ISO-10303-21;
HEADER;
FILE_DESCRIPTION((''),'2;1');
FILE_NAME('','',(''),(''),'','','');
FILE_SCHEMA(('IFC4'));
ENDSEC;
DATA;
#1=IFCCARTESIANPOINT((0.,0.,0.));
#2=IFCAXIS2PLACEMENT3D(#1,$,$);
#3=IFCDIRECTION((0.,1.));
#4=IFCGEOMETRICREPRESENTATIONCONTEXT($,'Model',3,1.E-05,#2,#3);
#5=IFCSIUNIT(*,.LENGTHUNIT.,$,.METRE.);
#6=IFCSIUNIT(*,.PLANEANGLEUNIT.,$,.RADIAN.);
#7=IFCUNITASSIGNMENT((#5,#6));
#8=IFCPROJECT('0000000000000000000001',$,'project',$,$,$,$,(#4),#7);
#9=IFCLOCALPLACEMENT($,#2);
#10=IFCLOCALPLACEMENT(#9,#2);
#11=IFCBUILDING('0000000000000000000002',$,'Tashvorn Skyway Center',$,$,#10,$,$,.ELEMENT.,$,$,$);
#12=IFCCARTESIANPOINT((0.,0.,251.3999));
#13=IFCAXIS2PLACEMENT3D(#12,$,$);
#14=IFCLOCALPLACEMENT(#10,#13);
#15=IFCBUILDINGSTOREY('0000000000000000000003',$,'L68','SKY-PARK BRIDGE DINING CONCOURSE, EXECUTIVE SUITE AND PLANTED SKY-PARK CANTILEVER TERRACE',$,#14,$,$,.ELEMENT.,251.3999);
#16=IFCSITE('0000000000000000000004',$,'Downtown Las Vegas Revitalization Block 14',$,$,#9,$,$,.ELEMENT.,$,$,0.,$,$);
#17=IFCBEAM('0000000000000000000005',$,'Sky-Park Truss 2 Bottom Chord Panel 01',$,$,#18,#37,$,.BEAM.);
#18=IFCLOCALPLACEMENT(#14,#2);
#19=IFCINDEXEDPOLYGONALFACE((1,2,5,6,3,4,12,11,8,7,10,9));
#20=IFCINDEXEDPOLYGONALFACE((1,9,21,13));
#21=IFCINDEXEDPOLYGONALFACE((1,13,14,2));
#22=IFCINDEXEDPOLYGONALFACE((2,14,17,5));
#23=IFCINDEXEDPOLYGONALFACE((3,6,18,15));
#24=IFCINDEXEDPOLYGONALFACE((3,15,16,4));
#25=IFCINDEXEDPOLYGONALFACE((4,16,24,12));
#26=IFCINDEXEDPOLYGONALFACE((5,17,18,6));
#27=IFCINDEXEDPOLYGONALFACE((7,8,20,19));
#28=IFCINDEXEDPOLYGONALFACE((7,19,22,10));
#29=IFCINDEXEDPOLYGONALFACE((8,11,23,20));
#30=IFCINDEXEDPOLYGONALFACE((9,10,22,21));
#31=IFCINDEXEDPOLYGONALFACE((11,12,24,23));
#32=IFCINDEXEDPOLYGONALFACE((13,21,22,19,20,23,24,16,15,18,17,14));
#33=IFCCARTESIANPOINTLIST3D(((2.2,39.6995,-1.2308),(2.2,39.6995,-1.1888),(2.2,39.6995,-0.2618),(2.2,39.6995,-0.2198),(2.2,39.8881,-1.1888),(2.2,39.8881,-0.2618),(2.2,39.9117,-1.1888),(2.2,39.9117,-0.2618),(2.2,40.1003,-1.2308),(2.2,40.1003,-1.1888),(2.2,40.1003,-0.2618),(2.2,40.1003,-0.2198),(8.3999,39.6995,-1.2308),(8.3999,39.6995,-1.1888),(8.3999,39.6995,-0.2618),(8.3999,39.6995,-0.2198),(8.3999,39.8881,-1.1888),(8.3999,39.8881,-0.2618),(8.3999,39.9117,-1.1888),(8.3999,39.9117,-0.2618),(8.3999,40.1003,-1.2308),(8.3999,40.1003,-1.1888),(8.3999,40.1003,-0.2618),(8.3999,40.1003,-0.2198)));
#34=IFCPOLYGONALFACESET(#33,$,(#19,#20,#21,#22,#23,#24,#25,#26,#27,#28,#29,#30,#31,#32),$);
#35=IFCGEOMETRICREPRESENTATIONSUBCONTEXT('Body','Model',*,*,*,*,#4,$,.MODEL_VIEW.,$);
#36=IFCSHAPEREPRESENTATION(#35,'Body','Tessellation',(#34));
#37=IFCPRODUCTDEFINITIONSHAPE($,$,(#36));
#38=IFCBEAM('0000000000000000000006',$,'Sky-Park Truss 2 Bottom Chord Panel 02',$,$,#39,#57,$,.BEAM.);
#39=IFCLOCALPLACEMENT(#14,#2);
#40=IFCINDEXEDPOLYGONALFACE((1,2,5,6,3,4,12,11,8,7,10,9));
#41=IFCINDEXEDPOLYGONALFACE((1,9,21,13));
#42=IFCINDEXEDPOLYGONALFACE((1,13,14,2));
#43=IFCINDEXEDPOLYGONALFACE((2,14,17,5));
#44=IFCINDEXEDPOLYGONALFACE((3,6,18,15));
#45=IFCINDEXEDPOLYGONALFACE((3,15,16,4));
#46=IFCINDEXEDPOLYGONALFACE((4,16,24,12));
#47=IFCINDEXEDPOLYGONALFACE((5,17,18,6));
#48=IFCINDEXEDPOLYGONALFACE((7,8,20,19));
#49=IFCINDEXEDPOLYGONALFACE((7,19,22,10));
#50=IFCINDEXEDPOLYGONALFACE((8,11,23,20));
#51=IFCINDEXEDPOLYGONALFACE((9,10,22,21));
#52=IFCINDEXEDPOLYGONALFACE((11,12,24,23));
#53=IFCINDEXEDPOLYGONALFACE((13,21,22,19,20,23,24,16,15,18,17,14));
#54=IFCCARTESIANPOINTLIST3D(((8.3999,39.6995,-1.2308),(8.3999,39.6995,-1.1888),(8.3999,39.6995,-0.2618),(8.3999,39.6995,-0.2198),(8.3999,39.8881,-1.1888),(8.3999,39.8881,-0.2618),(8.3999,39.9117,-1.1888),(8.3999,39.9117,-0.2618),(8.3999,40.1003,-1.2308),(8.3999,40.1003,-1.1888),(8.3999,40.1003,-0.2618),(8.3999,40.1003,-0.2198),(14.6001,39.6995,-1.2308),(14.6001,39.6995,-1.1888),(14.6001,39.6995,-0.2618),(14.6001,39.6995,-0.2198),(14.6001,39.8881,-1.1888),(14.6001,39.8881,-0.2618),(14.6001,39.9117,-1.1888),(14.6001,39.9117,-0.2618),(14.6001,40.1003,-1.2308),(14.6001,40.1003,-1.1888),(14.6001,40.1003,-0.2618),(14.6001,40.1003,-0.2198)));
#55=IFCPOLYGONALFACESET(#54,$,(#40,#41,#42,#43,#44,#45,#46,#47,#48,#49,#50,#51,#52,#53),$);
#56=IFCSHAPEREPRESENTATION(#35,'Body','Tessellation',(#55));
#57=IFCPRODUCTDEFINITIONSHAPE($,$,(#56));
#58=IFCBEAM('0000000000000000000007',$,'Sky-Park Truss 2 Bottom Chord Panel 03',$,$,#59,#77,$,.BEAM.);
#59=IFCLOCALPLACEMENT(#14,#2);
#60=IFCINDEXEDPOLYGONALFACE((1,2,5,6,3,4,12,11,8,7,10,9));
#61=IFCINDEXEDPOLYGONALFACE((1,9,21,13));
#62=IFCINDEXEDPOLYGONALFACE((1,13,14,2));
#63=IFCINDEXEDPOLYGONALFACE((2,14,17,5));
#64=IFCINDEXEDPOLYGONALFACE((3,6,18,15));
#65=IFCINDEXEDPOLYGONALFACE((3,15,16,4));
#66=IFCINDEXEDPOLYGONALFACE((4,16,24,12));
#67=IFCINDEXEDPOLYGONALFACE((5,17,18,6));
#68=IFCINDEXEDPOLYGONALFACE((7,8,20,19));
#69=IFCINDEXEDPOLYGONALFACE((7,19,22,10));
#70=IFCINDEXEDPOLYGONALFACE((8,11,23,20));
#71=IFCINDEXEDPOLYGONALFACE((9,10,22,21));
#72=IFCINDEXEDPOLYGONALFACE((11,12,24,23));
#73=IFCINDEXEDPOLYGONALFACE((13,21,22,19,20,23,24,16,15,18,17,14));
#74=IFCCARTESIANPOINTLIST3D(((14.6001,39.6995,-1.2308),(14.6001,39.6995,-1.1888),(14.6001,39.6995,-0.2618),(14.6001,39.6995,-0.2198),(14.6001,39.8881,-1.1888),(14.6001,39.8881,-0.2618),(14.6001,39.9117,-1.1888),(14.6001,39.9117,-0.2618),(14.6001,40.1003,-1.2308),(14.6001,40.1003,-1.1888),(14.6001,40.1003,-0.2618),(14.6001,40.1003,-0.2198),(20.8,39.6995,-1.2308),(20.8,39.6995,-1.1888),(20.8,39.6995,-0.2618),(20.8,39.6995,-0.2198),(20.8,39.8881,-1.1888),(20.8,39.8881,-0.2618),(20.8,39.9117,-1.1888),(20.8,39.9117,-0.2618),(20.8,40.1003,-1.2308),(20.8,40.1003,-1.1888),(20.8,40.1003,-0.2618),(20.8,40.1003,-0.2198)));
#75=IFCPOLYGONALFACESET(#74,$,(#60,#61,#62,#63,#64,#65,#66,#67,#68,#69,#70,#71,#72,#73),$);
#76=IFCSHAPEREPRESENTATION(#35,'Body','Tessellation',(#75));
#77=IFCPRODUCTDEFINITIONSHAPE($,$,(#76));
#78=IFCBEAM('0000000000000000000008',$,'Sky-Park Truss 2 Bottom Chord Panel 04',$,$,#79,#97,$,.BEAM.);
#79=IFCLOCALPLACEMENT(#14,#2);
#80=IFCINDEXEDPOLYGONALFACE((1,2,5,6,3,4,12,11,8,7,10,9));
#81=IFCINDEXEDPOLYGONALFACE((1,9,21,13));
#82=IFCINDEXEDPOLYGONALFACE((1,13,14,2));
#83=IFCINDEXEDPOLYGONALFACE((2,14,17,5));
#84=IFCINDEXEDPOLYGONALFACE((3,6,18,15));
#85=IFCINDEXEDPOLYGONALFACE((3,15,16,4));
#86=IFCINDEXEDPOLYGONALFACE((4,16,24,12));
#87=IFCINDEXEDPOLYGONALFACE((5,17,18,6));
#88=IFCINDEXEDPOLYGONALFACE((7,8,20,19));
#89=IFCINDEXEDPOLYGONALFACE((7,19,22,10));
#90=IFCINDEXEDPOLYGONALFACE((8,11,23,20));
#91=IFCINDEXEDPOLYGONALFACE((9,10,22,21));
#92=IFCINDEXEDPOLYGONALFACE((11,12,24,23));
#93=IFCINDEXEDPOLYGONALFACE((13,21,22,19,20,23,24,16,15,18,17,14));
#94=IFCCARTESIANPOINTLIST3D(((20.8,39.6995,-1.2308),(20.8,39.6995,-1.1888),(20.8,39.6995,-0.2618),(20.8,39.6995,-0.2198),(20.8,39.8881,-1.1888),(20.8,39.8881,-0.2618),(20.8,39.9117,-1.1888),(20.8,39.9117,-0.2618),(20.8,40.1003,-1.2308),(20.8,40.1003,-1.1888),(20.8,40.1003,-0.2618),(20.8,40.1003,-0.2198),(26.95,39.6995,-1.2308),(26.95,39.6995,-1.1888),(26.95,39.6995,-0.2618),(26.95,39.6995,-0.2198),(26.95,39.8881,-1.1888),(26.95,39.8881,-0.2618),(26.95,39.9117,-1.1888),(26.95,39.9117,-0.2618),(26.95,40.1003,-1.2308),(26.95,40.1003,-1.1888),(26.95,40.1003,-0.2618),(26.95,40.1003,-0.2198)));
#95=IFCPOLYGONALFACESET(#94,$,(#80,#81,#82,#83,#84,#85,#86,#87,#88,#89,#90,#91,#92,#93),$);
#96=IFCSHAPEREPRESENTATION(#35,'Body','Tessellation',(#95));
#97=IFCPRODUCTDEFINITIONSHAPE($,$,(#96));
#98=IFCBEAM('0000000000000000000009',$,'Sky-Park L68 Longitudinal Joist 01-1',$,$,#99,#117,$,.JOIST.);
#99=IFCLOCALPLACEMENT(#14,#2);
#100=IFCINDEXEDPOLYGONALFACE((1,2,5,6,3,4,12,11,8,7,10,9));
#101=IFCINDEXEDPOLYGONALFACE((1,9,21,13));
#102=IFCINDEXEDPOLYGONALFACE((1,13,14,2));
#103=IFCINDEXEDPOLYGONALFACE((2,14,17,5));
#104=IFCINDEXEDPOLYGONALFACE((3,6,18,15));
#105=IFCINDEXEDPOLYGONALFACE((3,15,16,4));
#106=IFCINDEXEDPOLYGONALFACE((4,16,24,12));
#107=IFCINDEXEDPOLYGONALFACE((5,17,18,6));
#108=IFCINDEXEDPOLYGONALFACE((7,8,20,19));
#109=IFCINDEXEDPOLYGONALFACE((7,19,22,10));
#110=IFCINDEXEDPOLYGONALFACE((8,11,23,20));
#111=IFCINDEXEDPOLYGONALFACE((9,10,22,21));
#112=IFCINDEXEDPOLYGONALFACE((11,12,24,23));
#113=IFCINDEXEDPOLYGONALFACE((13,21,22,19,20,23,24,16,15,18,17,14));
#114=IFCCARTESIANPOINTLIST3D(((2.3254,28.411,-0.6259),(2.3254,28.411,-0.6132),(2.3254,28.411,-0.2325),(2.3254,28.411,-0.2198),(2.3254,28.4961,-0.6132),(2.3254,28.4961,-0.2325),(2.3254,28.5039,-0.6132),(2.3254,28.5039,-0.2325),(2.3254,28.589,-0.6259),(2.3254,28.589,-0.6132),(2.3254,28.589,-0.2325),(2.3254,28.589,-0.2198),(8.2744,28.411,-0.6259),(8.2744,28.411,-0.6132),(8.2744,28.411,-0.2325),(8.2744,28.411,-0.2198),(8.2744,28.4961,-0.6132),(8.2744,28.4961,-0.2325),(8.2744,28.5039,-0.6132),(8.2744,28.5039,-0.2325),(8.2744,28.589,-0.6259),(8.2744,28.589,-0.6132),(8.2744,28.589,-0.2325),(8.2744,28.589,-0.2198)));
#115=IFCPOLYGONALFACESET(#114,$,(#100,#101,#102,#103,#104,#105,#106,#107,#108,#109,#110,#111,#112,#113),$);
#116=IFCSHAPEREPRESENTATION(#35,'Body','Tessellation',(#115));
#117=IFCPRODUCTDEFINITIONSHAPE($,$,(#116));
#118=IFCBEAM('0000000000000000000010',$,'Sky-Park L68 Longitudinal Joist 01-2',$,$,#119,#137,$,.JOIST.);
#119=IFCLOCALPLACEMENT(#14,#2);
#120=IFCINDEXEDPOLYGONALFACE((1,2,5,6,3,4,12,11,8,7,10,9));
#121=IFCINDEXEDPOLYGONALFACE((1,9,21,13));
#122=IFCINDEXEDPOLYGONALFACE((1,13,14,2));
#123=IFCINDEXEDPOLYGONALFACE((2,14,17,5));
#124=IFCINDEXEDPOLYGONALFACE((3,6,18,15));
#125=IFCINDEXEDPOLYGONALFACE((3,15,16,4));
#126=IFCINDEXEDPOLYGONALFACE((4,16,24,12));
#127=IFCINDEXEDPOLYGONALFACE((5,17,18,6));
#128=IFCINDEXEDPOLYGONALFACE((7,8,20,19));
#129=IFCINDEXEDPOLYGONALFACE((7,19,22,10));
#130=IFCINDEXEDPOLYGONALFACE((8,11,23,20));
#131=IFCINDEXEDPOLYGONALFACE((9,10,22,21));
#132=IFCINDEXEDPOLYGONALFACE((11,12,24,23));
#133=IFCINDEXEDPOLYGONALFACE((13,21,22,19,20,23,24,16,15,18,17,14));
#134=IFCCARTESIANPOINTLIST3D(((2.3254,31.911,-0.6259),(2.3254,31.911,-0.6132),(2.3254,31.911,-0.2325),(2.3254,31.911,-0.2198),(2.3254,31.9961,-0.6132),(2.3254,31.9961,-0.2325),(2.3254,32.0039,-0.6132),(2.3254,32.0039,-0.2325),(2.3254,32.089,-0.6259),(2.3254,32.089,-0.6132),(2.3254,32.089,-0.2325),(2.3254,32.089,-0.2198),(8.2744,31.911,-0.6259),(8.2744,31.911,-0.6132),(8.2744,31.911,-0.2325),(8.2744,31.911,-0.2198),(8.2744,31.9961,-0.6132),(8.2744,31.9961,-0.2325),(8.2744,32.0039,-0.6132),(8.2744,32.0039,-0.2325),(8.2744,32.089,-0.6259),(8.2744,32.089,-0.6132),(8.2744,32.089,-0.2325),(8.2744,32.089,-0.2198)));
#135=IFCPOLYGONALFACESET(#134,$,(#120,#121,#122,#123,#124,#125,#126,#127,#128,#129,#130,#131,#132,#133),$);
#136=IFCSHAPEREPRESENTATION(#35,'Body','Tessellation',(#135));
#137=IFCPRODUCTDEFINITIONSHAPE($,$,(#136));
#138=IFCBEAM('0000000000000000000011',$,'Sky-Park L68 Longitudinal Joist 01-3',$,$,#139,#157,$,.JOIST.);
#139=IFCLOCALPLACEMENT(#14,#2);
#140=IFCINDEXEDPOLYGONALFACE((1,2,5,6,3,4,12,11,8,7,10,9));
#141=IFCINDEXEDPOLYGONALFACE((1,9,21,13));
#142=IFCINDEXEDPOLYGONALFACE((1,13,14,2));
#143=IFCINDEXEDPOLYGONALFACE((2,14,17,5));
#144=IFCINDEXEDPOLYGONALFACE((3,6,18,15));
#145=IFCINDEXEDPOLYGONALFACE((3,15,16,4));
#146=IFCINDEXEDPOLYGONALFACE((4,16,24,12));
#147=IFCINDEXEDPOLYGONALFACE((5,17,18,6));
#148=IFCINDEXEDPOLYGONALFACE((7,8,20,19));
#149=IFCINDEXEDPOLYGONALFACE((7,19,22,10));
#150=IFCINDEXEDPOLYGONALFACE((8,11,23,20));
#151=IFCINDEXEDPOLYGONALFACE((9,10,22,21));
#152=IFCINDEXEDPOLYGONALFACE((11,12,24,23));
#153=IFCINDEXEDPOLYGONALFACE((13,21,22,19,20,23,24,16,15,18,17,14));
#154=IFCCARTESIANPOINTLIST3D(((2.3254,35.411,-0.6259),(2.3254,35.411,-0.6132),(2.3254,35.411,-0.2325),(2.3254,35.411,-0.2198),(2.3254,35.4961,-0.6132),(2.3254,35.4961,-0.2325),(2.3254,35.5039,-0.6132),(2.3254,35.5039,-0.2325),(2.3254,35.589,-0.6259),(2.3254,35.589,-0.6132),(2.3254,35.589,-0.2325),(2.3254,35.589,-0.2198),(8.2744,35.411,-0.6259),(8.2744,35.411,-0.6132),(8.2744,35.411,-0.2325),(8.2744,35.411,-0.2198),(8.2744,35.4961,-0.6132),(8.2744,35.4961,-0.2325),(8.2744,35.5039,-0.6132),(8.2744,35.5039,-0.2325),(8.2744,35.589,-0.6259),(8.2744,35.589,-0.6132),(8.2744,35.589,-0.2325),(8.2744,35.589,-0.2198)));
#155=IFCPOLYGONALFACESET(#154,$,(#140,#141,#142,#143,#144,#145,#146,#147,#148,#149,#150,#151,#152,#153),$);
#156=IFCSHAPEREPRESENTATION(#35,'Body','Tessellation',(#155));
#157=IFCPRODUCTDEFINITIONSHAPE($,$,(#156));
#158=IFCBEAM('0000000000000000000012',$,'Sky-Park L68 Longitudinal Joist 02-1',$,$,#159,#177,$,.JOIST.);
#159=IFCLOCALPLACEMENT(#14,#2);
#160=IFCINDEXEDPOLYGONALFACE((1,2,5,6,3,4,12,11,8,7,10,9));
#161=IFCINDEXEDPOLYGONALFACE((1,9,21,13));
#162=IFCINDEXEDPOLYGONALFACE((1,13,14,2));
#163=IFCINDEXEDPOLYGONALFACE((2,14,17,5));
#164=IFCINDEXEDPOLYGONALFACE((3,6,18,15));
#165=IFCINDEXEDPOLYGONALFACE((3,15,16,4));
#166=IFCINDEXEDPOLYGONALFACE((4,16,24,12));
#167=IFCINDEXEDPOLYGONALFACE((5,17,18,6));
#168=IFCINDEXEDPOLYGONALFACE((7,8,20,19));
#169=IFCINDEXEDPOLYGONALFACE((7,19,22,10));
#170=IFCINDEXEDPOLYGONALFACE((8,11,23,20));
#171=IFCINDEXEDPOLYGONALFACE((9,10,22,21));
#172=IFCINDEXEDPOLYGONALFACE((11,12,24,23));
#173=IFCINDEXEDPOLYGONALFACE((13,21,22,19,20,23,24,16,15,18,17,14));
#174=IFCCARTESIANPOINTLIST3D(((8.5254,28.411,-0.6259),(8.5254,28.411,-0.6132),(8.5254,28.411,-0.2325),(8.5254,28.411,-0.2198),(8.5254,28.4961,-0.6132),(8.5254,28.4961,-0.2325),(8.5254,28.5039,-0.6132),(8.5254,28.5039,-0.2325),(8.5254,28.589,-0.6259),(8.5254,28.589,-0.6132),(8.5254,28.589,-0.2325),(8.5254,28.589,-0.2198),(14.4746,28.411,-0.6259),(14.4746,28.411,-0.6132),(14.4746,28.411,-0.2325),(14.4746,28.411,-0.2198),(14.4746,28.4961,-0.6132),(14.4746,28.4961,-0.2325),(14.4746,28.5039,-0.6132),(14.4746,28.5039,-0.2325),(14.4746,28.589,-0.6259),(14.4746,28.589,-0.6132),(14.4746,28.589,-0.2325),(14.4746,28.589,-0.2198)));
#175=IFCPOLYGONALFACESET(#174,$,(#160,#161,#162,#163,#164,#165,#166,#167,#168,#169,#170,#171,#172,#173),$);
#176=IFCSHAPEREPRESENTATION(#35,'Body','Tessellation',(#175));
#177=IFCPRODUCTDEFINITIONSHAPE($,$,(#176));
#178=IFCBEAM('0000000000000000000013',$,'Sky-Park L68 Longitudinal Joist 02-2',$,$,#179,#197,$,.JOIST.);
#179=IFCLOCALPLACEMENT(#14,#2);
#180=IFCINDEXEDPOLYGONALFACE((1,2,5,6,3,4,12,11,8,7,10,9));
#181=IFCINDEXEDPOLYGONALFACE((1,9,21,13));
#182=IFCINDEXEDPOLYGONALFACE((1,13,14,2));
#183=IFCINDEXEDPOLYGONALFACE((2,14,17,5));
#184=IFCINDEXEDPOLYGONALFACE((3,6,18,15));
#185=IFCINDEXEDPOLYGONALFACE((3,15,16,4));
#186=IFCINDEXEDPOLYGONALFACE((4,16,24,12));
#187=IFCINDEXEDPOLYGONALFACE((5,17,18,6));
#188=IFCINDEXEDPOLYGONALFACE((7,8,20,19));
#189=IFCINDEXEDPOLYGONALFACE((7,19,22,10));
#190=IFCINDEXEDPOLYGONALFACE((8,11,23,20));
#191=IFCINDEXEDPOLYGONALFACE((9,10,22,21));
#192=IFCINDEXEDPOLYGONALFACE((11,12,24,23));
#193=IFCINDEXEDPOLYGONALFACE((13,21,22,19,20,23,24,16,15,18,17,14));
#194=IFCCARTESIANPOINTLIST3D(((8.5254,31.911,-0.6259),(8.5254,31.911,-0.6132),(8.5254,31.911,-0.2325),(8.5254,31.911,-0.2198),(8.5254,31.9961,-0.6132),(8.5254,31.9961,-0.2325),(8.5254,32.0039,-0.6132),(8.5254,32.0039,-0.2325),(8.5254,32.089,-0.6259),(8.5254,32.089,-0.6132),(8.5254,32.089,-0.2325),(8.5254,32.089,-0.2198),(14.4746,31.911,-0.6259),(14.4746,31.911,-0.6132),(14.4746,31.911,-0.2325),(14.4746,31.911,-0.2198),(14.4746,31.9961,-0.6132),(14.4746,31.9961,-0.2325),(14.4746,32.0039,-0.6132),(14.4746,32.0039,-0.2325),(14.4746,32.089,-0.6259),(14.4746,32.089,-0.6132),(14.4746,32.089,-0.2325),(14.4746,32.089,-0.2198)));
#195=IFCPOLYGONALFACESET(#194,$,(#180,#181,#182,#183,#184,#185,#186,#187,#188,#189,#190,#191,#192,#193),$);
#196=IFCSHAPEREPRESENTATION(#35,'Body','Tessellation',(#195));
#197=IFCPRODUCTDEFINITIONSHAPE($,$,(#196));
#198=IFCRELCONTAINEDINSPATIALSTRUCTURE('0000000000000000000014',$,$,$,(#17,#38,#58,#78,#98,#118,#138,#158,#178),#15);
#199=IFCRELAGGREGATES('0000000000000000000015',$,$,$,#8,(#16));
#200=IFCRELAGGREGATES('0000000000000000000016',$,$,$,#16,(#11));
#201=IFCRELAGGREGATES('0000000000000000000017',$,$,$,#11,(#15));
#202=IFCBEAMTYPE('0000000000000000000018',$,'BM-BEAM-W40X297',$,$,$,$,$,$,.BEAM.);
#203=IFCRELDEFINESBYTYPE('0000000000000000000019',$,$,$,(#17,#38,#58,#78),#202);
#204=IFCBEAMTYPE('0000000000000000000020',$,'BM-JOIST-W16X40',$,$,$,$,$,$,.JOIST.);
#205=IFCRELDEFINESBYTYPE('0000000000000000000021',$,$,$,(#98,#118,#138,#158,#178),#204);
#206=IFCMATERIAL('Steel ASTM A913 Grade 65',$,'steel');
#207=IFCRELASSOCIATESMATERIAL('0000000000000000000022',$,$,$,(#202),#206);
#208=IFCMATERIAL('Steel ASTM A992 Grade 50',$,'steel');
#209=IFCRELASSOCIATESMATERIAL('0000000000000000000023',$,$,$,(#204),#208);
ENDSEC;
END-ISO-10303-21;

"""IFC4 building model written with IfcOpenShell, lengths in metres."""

from ifc_helpers import new_model, si_unit, direction, frame, origin, origin_2d, place, context, subcontext, project, spatial, i_section, extrude, material, material_profile, profile_set, type_object, element, save


model = new_model("IFC4")

# Units and contexts
model_context = context("Model", 3, precision=1e-05, world=origin(), true_north=direction((0.0, 1.0)))
body_context = subcontext(model_context, "Body", "Model", "MODEL_VIEW")
ifc_project = project(units=[si_unit("LENGTHUNIT", "METRE"), si_unit("PLANEANGLEUNIT", "RADIAN")], contexts=[model_context])

# Site, building, storey
site_placement = place(None, origin())
site = spatial("IfcSite", under=ifc_project, at=site_placement, Name="Downtown Las Vegas Revitalization Block 14", CompositionType="ELEMENT", RefElevation=0.0)
building_placement = place(site_placement, origin())
building = spatial("IfcBuilding", under=site, at=building_placement, Name="Tashvorn Skyway Center", CompositionType="ELEMENT")
storey_placement = place(building_placement, frame((0.0, 0.0, 251.3999)))
storey = spatial("IfcBuildingStorey", under=building, at=storey_placement, Name="L68", Description="SKY-PARK BRIDGE DINING CONCOURSE, EXECUTIVE SUITE AND PLANTED SKY-PARK CANTILEVER TERRACE", CompositionType="ELEMENT", Elevation=251.3999)

# Beams
ifc_material_1 = material(Name="Steel ASTM A913 Grade 65", Category="steel")
ifc_material_profile_1 = material_profile(ifc_material_1, i_section(OverallWidth=0.4009, OverallDepth=1.011, WebThickness=0.0237, FlangeThickness=0.042, at=origin_2d()), Name="W40X297")
ifc_profile_set_1 = profile_set([ifc_material_profile_1], Name="Steel ASTM A913 Grade 65")
beam_type_1 = type_object("IfcBeamType", Name="BM-BEAM-W40X297", PredefinedType="BEAM", material=ifc_profile_set_1)
beam_1_placement = place(storey_placement, frame((2.2, 39.8999, -0.7253), z_axis=(1.0, 0.0, 0.0), x_axis=(0.0, 1.0, 0.0)))
element("IfcBeam", 1, at=beam_1_placement, inside=storey, type_object=beam_type_1, Name="Sky-Park Truss 2 Bottom Chord Panel 01", PredefinedType="BEAM", context=body_context, shape_type="SweptSolid", body=[
    extrude(i_section(OverallWidth=0.4009, OverallDepth=1.011, WebThickness=0.0237, FlangeThickness=0.042, at=origin_2d()), origin(), (0.0, 0.0, 1.0), 6.2),
])
beam_2_placement = place(storey_placement, frame((8.3999, 39.8999, -0.7253), z_axis=(1.0, 0.0, 0.0), x_axis=(0.0, 1.0, 0.0)))
element("IfcBeam", 2, at=beam_2_placement, inside=storey, type_object=beam_type_1, Name="Sky-Park Truss 2 Bottom Chord Panel 02", PredefinedType="BEAM", context=body_context, shape_type="SweptSolid", body=[
    extrude(i_section(OverallWidth=0.4009, OverallDepth=1.011, WebThickness=0.0237, FlangeThickness=0.042, at=origin_2d()), origin(), (0.0, 0.0, 1.0), 6.2002),
])
beam_3_placement = place(storey_placement, frame((14.6001, 39.8999, -0.7253), z_axis=(1.0, 0.0, 0.0), x_axis=(0.0, 1.0, 0.0)))
element("IfcBeam", 3, at=beam_3_placement, inside=storey, type_object=beam_type_1, Name="Sky-Park Truss 2 Bottom Chord Panel 03", PredefinedType="BEAM", context=body_context, shape_type="SweptSolid", body=[
    extrude(i_section(OverallWidth=0.4009, OverallDepth=1.011, WebThickness=0.0237, FlangeThickness=0.042, at=origin_2d()), origin(), (0.0, 0.0, 1.0), 6.2),
])
beam_4_placement = place(storey_placement, frame((20.8, 39.8999, -0.7253), z_axis=(1.0, 0.0, 0.0), x_axis=(0.0, 1.0, 0.0)))
element("IfcBeam", 4, at=beam_4_placement, inside=storey, type_object=beam_type_1, Name="Sky-Park Truss 2 Bottom Chord Panel 04", PredefinedType="BEAM", context=body_context, shape_type="SweptSolid", body=[
    extrude(i_section(OverallWidth=0.4009, OverallDepth=1.011, WebThickness=0.0237, FlangeThickness=0.042, at=origin_2d()), origin(), (0.0, 0.0, 1.0), 6.1499),
])
ifc_material_2 = material(Name="Steel ASTM A992 Grade 50", Category="steel")
ifc_material_profile_2 = material_profile(ifc_material_2, i_section(OverallWidth=0.178, OverallDepth=0.406, WebThickness=0.0078, FlangeThickness=0.0127, at=origin_2d()), Name="W16X40")
ifc_profile_set_2 = profile_set([ifc_material_profile_2], Name="Steel ASTM A992 Grade 50")
beam_type_2 = type_object("IfcBeamType", Name="BM-JOIST-W16X40", PredefinedType="JOIST", material=ifc_profile_set_2)
for number, where, z_axis, x_axis, name in (
    (5, (2.3254, 28.5, -0.4229), (1.0, 0.0, 0.0), (0.0, 1.0, 0.0), "Sky-Park L68 Longitudinal Joist 01-1"),
    (6, (2.3254, 32.0, -0.4229), (1.0, 0.0, 0.0), (0.0, 1.0, 0.0), "Sky-Park L68 Longitudinal Joist 01-2"),
    (7, (2.3254, 35.5, -0.4229), (1.0, 0.0, 0.0), (0.0, 1.0, 0.0), "Sky-Park L68 Longitudinal Joist 01-3"),
):
    element("IfcBeam", number, at=place(storey_placement, frame(where, z_axis=z_axis, x_axis=x_axis)), inside=storey, type_object=beam_type_2, Name=name, PredefinedType="JOIST", context=body_context, shape_type="SweptSolid", body=[
        extrude(i_section(OverallWidth=0.178, OverallDepth=0.406, WebThickness=0.0078, FlangeThickness=0.0127, at=origin_2d()), origin(), (0.0, 0.0, 1.0), 5.949),
    ])
for number, where, z_axis, x_axis, name in (
    (8, (8.5254, 28.5, -0.4229), (1.0, 0.0, 0.0), (0.0, 1.0, 0.0), "Sky-Park L68 Longitudinal Joist 02-1"),
    (9, (8.5254, 32.0, -0.4229), (1.0, 0.0, 0.0), (0.0, 1.0, 0.0), "Sky-Park L68 Longitudinal Joist 02-2"),
):
    element("IfcBeam", number, at=place(storey_placement, frame(where, z_axis=z_axis, x_axis=x_axis)), inside=storey, type_object=beam_type_2, Name=name, PredefinedType="JOIST", context=body_context, shape_type="SweptSolid", body=[
        extrude(i_section(OverallWidth=0.178, OverallDepth=0.406, WebThickness=0.0078, FlangeThickness=0.0127, at=origin_2d()), origin(), (0.0, 0.0, 1.0), 5.9492),
    ])

save(model, "model.ifc")
